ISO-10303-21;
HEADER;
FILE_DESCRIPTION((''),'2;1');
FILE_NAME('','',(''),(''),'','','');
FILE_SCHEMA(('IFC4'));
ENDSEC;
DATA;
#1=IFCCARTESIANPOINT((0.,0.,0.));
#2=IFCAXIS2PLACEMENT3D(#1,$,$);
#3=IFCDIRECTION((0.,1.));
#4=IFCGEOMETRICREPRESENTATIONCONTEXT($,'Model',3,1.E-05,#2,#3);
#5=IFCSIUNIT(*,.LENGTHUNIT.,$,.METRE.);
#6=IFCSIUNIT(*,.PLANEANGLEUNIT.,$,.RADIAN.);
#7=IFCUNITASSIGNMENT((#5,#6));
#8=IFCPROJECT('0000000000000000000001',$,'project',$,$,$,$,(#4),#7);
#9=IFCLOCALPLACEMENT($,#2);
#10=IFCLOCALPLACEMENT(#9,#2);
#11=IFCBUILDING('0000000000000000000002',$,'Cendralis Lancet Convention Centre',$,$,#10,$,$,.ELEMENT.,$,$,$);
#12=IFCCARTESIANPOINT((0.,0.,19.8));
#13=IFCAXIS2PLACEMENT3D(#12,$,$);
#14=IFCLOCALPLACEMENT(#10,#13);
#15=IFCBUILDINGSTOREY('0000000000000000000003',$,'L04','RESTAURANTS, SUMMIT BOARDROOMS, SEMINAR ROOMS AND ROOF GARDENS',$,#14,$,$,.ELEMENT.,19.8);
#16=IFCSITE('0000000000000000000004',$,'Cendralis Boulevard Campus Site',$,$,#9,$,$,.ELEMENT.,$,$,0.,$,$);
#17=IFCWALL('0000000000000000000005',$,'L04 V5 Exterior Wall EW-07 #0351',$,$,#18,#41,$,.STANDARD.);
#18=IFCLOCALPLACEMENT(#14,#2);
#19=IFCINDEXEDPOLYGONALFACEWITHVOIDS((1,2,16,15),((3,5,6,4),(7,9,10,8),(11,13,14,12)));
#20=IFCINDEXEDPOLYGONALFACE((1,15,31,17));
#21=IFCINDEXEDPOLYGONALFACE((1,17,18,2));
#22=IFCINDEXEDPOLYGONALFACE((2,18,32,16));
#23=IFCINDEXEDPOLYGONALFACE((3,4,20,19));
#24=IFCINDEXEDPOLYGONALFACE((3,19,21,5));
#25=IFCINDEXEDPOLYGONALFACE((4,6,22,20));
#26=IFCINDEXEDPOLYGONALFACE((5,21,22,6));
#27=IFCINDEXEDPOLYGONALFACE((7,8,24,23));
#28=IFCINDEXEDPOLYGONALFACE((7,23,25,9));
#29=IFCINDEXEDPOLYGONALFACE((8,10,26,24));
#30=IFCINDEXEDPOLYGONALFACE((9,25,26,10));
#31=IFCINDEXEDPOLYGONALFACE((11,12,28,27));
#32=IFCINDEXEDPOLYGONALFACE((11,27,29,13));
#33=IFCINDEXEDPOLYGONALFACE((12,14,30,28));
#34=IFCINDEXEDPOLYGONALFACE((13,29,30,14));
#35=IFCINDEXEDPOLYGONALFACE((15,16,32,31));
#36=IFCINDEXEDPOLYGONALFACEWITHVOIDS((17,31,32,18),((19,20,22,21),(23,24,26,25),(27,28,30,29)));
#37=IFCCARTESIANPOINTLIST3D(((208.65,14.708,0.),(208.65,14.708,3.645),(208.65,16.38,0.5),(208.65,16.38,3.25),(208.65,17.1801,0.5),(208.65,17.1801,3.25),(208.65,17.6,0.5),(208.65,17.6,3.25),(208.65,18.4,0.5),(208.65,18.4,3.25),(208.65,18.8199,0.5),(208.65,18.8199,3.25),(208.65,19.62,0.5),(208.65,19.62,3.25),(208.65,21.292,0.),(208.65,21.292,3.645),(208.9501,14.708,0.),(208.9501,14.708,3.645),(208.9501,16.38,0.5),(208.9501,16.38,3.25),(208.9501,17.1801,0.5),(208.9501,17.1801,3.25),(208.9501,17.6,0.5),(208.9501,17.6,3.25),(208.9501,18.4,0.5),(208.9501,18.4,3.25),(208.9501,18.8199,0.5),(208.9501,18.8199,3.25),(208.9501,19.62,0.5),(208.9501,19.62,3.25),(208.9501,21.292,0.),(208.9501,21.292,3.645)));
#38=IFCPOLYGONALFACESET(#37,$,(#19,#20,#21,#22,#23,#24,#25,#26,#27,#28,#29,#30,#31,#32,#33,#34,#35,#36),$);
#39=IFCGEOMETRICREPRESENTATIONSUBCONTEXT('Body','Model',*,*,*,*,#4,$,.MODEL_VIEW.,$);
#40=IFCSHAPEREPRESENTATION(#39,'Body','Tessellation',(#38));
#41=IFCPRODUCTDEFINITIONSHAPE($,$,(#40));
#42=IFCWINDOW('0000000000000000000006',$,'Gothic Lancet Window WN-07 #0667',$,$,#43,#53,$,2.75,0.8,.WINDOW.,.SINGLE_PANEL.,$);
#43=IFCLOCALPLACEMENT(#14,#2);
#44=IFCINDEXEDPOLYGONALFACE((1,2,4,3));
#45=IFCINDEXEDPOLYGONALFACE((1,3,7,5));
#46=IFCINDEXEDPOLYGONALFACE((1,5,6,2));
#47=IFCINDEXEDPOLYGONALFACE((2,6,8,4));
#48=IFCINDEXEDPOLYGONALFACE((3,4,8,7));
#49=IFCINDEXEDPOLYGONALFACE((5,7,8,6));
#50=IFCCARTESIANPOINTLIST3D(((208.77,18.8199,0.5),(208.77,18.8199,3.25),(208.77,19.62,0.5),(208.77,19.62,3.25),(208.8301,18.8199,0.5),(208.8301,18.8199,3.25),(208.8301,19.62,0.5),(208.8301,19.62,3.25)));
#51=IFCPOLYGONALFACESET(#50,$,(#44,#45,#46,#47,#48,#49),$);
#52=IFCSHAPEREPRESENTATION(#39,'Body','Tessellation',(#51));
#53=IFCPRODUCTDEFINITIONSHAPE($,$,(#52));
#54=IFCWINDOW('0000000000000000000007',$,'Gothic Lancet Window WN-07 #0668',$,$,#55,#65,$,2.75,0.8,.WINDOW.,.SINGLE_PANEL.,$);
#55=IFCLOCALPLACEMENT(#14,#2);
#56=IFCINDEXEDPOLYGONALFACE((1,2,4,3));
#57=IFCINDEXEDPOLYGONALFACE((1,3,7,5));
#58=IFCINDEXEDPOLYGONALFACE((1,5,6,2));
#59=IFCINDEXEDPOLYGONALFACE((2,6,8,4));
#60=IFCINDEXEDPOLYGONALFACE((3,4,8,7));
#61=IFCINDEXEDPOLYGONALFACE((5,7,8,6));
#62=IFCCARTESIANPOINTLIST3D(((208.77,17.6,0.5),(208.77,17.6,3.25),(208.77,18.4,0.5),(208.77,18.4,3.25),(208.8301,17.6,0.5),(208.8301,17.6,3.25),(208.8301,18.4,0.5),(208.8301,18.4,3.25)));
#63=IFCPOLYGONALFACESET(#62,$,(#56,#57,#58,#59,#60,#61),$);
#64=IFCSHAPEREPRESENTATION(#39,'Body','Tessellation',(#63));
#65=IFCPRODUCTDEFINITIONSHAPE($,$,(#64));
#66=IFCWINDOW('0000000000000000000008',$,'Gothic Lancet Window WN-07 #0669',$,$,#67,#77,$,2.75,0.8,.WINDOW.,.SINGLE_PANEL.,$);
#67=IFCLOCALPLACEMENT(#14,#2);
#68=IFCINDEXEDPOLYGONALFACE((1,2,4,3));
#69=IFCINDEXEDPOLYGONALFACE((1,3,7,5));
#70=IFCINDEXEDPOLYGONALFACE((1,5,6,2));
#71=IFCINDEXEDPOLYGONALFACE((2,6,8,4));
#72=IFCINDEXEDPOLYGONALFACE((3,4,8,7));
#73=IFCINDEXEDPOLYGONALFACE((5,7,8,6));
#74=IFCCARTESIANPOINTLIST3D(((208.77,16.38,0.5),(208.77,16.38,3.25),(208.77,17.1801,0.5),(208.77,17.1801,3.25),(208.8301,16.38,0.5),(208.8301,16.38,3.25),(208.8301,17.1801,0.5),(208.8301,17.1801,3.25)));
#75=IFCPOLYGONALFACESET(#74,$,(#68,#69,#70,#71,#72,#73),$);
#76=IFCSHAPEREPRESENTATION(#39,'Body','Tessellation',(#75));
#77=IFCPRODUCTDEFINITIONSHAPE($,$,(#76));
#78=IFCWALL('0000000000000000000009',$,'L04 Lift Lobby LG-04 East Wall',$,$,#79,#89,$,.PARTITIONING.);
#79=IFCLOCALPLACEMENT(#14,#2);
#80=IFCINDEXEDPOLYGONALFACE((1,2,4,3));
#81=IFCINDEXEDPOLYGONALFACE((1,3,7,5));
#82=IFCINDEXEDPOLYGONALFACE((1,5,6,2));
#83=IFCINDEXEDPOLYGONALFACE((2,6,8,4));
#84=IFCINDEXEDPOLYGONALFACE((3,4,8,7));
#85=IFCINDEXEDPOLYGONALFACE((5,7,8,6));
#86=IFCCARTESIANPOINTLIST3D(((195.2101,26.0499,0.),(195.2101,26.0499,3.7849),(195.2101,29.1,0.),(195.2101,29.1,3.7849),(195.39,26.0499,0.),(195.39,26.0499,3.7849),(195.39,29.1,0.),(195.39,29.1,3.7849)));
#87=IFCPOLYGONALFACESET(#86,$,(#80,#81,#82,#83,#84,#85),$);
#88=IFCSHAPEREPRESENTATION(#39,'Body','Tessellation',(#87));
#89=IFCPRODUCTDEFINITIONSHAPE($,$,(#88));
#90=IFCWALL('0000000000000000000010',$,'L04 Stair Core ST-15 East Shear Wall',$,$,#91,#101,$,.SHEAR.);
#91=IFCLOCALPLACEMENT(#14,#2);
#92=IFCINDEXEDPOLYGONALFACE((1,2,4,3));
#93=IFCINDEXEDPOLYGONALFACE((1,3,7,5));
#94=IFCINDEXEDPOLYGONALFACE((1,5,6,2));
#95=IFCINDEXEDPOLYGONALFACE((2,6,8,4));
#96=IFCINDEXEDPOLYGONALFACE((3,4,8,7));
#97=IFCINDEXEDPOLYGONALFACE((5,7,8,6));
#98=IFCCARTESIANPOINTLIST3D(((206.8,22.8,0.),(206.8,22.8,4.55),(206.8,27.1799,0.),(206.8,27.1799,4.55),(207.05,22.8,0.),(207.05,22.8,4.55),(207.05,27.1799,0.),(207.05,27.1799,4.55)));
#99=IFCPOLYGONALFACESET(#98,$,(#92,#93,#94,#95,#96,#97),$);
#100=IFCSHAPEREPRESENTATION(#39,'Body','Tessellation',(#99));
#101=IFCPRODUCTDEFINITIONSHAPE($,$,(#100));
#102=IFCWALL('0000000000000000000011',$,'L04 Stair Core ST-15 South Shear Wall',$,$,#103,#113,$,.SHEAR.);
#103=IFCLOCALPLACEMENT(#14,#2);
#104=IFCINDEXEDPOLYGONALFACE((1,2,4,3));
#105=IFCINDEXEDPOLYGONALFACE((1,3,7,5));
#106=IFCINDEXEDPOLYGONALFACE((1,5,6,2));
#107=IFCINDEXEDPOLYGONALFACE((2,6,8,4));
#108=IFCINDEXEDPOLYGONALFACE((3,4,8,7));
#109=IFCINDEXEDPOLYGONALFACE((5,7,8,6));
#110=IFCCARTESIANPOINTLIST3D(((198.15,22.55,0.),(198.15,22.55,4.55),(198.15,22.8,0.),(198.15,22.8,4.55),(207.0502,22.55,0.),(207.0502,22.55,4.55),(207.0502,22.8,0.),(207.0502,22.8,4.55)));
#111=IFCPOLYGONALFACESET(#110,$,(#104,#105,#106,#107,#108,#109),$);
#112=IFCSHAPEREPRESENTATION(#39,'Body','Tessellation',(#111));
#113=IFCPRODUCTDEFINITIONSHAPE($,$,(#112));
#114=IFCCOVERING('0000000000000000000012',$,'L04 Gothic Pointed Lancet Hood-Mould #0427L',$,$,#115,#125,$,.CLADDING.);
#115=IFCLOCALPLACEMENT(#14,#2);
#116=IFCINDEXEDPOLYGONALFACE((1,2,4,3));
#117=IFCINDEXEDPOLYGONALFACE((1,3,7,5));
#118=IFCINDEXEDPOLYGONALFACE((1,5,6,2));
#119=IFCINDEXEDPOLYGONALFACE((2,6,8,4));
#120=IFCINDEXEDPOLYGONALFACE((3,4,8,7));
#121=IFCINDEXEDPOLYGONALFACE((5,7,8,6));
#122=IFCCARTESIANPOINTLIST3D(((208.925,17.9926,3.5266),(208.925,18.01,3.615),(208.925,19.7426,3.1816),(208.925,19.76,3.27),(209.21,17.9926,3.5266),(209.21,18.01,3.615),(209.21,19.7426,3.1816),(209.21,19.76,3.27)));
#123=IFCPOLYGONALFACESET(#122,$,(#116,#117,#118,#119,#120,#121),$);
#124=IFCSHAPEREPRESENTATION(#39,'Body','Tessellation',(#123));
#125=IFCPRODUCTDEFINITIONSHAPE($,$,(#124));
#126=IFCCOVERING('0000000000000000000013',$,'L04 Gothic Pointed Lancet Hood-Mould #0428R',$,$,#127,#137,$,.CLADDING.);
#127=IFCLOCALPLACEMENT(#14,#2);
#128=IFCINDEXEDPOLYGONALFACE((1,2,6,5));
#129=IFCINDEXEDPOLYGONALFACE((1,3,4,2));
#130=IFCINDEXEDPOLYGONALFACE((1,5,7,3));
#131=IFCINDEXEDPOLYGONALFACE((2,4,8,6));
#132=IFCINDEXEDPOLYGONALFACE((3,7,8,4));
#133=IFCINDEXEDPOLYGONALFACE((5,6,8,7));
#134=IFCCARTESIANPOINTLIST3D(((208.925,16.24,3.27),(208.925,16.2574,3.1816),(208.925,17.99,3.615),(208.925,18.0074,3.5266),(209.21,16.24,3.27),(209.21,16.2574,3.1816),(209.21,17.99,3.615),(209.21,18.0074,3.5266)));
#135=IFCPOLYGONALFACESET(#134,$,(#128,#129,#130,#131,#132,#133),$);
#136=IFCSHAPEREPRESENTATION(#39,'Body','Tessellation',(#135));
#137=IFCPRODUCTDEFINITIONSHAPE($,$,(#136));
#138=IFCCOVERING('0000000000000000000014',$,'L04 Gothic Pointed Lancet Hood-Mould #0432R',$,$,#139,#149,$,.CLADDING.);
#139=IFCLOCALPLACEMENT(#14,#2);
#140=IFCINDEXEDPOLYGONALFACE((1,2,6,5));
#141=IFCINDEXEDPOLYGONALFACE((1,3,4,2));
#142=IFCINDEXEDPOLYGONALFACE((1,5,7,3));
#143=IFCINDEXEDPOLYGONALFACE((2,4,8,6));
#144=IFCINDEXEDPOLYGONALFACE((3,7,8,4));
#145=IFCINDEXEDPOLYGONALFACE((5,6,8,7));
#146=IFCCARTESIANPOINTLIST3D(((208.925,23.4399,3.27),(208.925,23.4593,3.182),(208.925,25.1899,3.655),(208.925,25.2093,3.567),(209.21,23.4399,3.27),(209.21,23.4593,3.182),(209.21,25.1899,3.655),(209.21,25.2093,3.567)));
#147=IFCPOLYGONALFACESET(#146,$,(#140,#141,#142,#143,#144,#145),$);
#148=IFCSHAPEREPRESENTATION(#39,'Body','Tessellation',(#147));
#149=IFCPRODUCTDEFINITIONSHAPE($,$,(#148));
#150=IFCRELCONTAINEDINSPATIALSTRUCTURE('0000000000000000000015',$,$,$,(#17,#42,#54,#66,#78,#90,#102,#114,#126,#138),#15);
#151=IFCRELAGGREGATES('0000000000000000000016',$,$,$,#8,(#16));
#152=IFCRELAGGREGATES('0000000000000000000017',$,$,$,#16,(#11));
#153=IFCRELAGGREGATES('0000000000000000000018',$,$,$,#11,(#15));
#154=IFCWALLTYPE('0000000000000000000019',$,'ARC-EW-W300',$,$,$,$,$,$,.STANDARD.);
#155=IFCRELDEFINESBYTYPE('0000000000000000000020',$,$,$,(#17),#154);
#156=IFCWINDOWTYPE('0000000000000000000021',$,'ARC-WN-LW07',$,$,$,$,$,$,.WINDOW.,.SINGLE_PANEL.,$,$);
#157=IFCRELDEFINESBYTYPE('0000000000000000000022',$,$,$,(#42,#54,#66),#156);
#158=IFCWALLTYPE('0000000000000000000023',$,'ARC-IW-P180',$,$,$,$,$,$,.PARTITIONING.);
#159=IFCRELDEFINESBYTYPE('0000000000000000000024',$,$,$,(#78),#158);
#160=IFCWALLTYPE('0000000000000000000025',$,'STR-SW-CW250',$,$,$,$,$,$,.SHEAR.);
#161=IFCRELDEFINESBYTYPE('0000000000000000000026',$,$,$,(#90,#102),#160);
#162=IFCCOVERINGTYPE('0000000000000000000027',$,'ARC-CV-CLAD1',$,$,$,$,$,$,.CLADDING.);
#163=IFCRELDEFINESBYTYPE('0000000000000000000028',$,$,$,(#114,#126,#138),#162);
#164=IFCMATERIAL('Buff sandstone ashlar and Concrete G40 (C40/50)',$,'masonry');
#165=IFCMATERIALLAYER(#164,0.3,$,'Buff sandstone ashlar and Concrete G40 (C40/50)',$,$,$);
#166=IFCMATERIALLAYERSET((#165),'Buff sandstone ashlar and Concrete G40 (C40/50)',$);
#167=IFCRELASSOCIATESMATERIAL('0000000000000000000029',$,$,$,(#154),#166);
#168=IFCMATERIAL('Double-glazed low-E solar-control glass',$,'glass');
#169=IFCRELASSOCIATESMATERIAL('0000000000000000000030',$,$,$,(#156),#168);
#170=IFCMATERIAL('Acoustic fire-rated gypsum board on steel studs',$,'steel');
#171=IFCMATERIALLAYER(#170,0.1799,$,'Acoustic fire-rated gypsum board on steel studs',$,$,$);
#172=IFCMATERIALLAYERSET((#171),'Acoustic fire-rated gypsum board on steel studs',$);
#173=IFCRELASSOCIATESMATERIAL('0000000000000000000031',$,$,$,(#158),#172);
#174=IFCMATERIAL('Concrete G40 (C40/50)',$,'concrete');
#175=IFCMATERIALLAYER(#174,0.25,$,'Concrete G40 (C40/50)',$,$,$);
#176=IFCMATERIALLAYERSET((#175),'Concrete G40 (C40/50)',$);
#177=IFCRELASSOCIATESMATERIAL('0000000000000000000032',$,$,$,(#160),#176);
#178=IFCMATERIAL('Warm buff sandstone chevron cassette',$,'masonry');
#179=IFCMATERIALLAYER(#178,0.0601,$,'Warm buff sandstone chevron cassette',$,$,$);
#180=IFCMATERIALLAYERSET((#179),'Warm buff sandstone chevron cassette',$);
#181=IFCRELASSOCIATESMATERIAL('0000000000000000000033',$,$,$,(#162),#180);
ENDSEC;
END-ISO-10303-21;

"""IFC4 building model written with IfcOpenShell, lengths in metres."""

from ifc_helpers import new_model, si_unit, direction, frame, frame_2d, origin, place, context, subcontext, project, spatial, polyline, rectangle, outline, extrude, material, layer, layer_set, type_object, element, fill, save


model = new_model("IFC4")

# Units and contexts
model_context = context("Model", 3, precision=1e-05, world=origin(), true_north=direction((0.0, 1.0)))
body_context = subcontext(model_context, "Body", "Model", "MODEL_VIEW")
ifc_project = project(units=[si_unit("LENGTHUNIT", "METRE"), si_unit("PLANEANGLEUNIT", "RADIAN")], contexts=[model_context])

# Site, building, storey
site_placement = place(None, origin())
site = spatial("IfcSite", under=ifc_project, at=site_placement, Name="Cendralis Boulevard Campus Site", CompositionType="ELEMENT", RefElevation=0.0)
building_placement = place(site_placement, origin())
building = spatial("IfcBuilding", under=site, at=building_placement, Name="Cendralis Lancet Convention Centre", CompositionType="ELEMENT")
storey_placement = place(building_placement, frame((0.0, 0.0, 19.8)))
storey = spatial("IfcBuildingStorey", under=building, at=storey_placement, Name="L04", Description="RESTAURANTS, SUMMIT BOARDROOMS, SEMINAR ROOMS AND ROOF GARDENS", CompositionType="ELEMENT", Elevation=19.8)

# Shared definitions
ifc_material_1 = material(Name="Concrete G40 (C40/50)", Category="concrete")

# Shared definitions
ifc_material_2 = material(Name="Buff sandstone ashlar and Concrete G40 (C40/50)", Category="masonry")
ifc_layer_1 = layer(ifc_material_2, 0.3, Name="Buff sandstone ashlar and Concrete G40 (C40/50)")
ifc_layer_set_1 = layer_set([ifc_layer_1], Name="Buff sandstone ashlar and Concrete G40 (C40/50)")
wall_type_1 = type_object("IfcWallType", Name="ARC-EW-W300", PredefinedType="STANDARD", material=ifc_layer_set_1)

# Wall, openings, windows
wall_1_placement = place(storey_placement, frame((208.8, 21.292, 0.0), z_axis=(0.0, 0.0, 1.0), x_axis=(0.0, -1.0, 0.0)))
wall_1 = element("IfcWall", 1, at=wall_1_placement, inside=storey, type_object=wall_type_1, Name="L04 V5 Exterior Wall EW-07 #0351", PredefinedType="STANDARD", context=body_context, shape_type="SweptSolid", body=[
    extrude(rectangle(XDim=6.584, YDim=0.3, at=frame_2d((3.292, 0.0))), origin(), (0.0, 0.0, 1.0), 3.645),
])
opening_1_placement = place(wall_1_placement, frame((1.6721, 0.0, 0.5)))
opening_1 = element("IfcOpeningElement", 2, at=opening_1_placement, cuts=wall_1, PredefinedType="OPENING", context=body_context, shape_type="SweptSolid", body=[
    extrude(rectangle(XDim=0.8, YDim=2.75, at=frame_2d((0.3999, 1.375))), frame((0.0, 0.1599, 0.0), z_axis=(0.0, -1.0, 0.0), x_axis=(1.0, 0.0, 0.0)), (0.0, 0.0, 1.0), 0.3201),
])
opening_2_placement = place(wall_1_placement, frame((2.8921, 0.0, 0.5)))
opening_2 = element("IfcOpeningElement", 3, at=opening_2_placement, cuts=wall_1, PredefinedType="OPENING", context=body_context, shape_type="SweptSolid", body=[
    extrude(rectangle(XDim=0.8, YDim=2.75, at=frame_2d((0.3999, 1.375))), frame((0.0, 0.1599, 0.0), z_axis=(0.0, -1.0, 0.0), x_axis=(1.0, 0.0, 0.0)), (0.0, 0.0, 1.0), 0.3201),
])
opening_3_placement = place(wall_1_placement, frame((4.1121, 0.0, 0.5)))
opening_3 = element("IfcOpeningElement", 4, at=opening_3_placement, cuts=wall_1, PredefinedType="OPENING", context=body_context, shape_type="SweptSolid", body=[
    extrude(rectangle(XDim=0.8, YDim=2.75, at=frame_2d((0.3999, 1.375))), frame((0.0, 0.1599, 0.0), z_axis=(0.0, -1.0, 0.0), x_axis=(1.0, 0.0, 0.0)), (0.0, 0.0, 1.0), 0.3201),
])
ifc_material_3 = material(Name="Double-glazed low-E solar-control glass", Category="glass")
window_type = type_object("IfcWindowType", Name="ARC-WN-LW07", PartitioningType="SINGLE_PANEL", PredefinedType="WINDOW", material=ifc_material_3)
window_1_placement = place(opening_1_placement, origin())
window_1 = element("IfcWindow", 5, at=window_1_placement, inside=storey, type_object=window_type, Name="Gothic Lancet Window WN-07 #0667", OverallHeight=2.75, OverallWidth=0.8, PartitioningType="SINGLE_PANEL", PredefinedType="WINDOW", context=body_context, shape_type="SweptSolid", body=[
    extrude(rectangle(XDim=0.8, YDim=2.75, at=frame_2d((0.3999, 1.375))), frame((0.0, 0.03, 0.0), z_axis=(0.0, -1.0, 0.0), x_axis=(1.0, 0.0, 0.0)), (0.0, 0.0, 1.0), 0.0601),
])
fill(opening_1, window_1)
window_2_placement = place(opening_2_placement, origin())
window_2 = element("IfcWindow", 6, at=window_2_placement, inside=storey, type_object=window_type, Name="Gothic Lancet Window WN-07 #0668", OverallHeight=2.75, OverallWidth=0.8, PartitioningType="SINGLE_PANEL", PredefinedType="WINDOW", context=body_context, shape_type="SweptSolid", body=[
    extrude(rectangle(XDim=0.8, YDim=2.75, at=frame_2d((0.3999, 1.375))), frame((0.0, 0.03, 0.0), z_axis=(0.0, -1.0, 0.0), x_axis=(1.0, 0.0, 0.0)), (0.0, 0.0, 1.0), 0.0601),
])
fill(opening_2, window_2)
window_3_placement = place(opening_3_placement, origin())
window_3 = element("IfcWindow", 7, at=window_3_placement, inside=storey, type_object=window_type, Name="Gothic Lancet Window WN-07 #0669", OverallHeight=2.75, OverallWidth=0.8, PartitioningType="SINGLE_PANEL", PredefinedType="WINDOW", context=body_context, shape_type="SweptSolid", body=[
    extrude(rectangle(XDim=0.8, YDim=2.75, at=frame_2d((0.3999, 1.375))), frame((0.0, 0.03, 0.0), z_axis=(0.0, -1.0, 0.0), x_axis=(1.0, 0.0, 0.0)), (0.0, 0.0, 1.0), 0.0601),
])
fill(opening_3, window_3)

# Wall
ifc_material_4 = material(Name="Acoustic fire-rated gypsum board on steel studs", Category="steel")
ifc_layer_2 = layer(ifc_material_4, 0.1799, Name="Acoustic fire-rated gypsum board on steel studs")
ifc_layer_set_2 = layer_set([ifc_layer_2], Name="Acoustic fire-rated gypsum board on steel studs")
wall_type_2 = type_object("IfcWallType", Name="ARC-IW-P180", PredefinedType="PARTITIONING", material=ifc_layer_set_2)
wall_2_placement = place(storey_placement, frame((195.3, 26.05, 0.0), z_axis=(0.0, 0.0, 1.0), x_axis=(0.0, 1.0, 0.0)))
element("IfcWall", 8, at=wall_2_placement, inside=storey, type_object=wall_type_2, Name="L04 Lift Lobby LG-04 East Wall", PredefinedType="PARTITIONING", context=body_context, shape_type="SweptSolid", body=[
    extrude(rectangle(XDim=3.05, YDim=0.1799, at=frame_2d((1.5249, 0.0))), origin(), (0.0, 0.0, 1.0), 3.7849),
])

# Shared definitions
ifc_layer_3 = layer(ifc_material_1, 0.25, Name="Concrete G40 (C40/50)")
ifc_layer_set_3 = layer_set([ifc_layer_3], Name="Concrete G40 (C40/50)")
wall_type_3 = type_object("IfcWallType", Name="STR-SW-CW250", PredefinedType="SHEAR", material=ifc_layer_set_3)

# Walls
wall_3_placement = place(storey_placement, frame((206.925, 22.8, 0.0), z_axis=(0.0, 0.0, 1.0), x_axis=(0.0, 1.0, 0.0)))
element("IfcWall", 9, at=wall_3_placement, inside=storey, type_object=wall_type_3, Name="L04 Stair Core ST-15 East Shear Wall", PredefinedType="SHEAR", context=body_context, shape_type="SweptSolid", body=[
    extrude(rectangle(XDim=4.3799, YDim=0.25, at=frame_2d((2.1899, 0.0))), origin(), (0.0, 0.0, 1.0), 4.55),
])
wall_4_placement = place(storey_placement, frame((198.1499, 22.675, 0.0), z_axis=(0.0, 0.0, 1.0), x_axis=(1.0, 0.0, 0.0)))
element("IfcWall", 10, at=wall_4_placement, inside=storey, type_object=wall_type_3, Name="L04 Stair Core ST-15 South Shear Wall", PredefinedType="SHEAR", context=body_context, shape_type="SweptSolid", body=[
    extrude(rectangle(XDim=8.9001, YDim=0.25, at=frame_2d((4.4502, 0.0))), origin(), (0.0, 0.0, 1.0), 4.55),
])

# Coverings
ifc_material_5 = material(Name="Warm buff sandstone chevron cassette", Category="masonry")
ifc_layer_4 = layer(ifc_material_5, 0.0601, Name="Warm buff sandstone chevron cassette")
ifc_layer_set_4 = layer_set([ifc_layer_4], Name="Warm buff sandstone chevron cassette")
covering_type = type_object("IfcCoveringType", Name="ARC-CV-CLAD1", PredefinedType="CLADDING", material=ifc_layer_set_4)
for number, where, z_axis, x_axis, name in (
    (11, (209.21, 19.76, 3.27), (0.0, 0.193404, 0.981119), (-1.0, 0.0, 0.0), "L04 Gothic Pointed Lancet Hood-Mould #0427L"),
    (12, (209.21, 17.99, 3.615), (0.0, -0.193404, 0.981119), (-1.0, 0.0, 0.0), "L04 Gothic Pointed Lancet Hood-Mould #0428R"),
):
    element("IfcCovering", number, at=place(storey_placement, frame(where, z_axis=z_axis, x_axis=x_axis)), inside=storey, type_object=covering_type, Name=name, PredefinedType="CLADDING", context=body_context, shape_type="SweptSolid", body=[
        extrude(outline(polyline([(0.0, 0.0), (0.2849, 0.0), (0.2849, 1.7837), (0.0, 1.7837), (0.0, 0.0)])), origin(), (0.0, 0.0, -1.0), 0.0901),
    ])
covering_placement = place(storey_placement, frame((209.21, 25.1899, 3.655), z_axis=(0.0, -0.214867, 0.976643), x_axis=(-1.0, 0.0, 0.0)))
element("IfcCovering", 13, at=covering_placement, inside=storey, type_object=covering_type, Name="L04 Gothic Pointed Lancet Hood-Mould #0432R", PredefinedType="CLADDING", context=body_context, shape_type="SweptSolid", body=[
    extrude(outline(polyline([(0.0, 0.0), (0.2849, 0.0), (0.2849, 1.7919), (0.0, 1.7919), (0.0, 0.0)])), origin(), (0.0, 0.0, -1.0), 0.0901),
])

save(model, "model.ifc")
